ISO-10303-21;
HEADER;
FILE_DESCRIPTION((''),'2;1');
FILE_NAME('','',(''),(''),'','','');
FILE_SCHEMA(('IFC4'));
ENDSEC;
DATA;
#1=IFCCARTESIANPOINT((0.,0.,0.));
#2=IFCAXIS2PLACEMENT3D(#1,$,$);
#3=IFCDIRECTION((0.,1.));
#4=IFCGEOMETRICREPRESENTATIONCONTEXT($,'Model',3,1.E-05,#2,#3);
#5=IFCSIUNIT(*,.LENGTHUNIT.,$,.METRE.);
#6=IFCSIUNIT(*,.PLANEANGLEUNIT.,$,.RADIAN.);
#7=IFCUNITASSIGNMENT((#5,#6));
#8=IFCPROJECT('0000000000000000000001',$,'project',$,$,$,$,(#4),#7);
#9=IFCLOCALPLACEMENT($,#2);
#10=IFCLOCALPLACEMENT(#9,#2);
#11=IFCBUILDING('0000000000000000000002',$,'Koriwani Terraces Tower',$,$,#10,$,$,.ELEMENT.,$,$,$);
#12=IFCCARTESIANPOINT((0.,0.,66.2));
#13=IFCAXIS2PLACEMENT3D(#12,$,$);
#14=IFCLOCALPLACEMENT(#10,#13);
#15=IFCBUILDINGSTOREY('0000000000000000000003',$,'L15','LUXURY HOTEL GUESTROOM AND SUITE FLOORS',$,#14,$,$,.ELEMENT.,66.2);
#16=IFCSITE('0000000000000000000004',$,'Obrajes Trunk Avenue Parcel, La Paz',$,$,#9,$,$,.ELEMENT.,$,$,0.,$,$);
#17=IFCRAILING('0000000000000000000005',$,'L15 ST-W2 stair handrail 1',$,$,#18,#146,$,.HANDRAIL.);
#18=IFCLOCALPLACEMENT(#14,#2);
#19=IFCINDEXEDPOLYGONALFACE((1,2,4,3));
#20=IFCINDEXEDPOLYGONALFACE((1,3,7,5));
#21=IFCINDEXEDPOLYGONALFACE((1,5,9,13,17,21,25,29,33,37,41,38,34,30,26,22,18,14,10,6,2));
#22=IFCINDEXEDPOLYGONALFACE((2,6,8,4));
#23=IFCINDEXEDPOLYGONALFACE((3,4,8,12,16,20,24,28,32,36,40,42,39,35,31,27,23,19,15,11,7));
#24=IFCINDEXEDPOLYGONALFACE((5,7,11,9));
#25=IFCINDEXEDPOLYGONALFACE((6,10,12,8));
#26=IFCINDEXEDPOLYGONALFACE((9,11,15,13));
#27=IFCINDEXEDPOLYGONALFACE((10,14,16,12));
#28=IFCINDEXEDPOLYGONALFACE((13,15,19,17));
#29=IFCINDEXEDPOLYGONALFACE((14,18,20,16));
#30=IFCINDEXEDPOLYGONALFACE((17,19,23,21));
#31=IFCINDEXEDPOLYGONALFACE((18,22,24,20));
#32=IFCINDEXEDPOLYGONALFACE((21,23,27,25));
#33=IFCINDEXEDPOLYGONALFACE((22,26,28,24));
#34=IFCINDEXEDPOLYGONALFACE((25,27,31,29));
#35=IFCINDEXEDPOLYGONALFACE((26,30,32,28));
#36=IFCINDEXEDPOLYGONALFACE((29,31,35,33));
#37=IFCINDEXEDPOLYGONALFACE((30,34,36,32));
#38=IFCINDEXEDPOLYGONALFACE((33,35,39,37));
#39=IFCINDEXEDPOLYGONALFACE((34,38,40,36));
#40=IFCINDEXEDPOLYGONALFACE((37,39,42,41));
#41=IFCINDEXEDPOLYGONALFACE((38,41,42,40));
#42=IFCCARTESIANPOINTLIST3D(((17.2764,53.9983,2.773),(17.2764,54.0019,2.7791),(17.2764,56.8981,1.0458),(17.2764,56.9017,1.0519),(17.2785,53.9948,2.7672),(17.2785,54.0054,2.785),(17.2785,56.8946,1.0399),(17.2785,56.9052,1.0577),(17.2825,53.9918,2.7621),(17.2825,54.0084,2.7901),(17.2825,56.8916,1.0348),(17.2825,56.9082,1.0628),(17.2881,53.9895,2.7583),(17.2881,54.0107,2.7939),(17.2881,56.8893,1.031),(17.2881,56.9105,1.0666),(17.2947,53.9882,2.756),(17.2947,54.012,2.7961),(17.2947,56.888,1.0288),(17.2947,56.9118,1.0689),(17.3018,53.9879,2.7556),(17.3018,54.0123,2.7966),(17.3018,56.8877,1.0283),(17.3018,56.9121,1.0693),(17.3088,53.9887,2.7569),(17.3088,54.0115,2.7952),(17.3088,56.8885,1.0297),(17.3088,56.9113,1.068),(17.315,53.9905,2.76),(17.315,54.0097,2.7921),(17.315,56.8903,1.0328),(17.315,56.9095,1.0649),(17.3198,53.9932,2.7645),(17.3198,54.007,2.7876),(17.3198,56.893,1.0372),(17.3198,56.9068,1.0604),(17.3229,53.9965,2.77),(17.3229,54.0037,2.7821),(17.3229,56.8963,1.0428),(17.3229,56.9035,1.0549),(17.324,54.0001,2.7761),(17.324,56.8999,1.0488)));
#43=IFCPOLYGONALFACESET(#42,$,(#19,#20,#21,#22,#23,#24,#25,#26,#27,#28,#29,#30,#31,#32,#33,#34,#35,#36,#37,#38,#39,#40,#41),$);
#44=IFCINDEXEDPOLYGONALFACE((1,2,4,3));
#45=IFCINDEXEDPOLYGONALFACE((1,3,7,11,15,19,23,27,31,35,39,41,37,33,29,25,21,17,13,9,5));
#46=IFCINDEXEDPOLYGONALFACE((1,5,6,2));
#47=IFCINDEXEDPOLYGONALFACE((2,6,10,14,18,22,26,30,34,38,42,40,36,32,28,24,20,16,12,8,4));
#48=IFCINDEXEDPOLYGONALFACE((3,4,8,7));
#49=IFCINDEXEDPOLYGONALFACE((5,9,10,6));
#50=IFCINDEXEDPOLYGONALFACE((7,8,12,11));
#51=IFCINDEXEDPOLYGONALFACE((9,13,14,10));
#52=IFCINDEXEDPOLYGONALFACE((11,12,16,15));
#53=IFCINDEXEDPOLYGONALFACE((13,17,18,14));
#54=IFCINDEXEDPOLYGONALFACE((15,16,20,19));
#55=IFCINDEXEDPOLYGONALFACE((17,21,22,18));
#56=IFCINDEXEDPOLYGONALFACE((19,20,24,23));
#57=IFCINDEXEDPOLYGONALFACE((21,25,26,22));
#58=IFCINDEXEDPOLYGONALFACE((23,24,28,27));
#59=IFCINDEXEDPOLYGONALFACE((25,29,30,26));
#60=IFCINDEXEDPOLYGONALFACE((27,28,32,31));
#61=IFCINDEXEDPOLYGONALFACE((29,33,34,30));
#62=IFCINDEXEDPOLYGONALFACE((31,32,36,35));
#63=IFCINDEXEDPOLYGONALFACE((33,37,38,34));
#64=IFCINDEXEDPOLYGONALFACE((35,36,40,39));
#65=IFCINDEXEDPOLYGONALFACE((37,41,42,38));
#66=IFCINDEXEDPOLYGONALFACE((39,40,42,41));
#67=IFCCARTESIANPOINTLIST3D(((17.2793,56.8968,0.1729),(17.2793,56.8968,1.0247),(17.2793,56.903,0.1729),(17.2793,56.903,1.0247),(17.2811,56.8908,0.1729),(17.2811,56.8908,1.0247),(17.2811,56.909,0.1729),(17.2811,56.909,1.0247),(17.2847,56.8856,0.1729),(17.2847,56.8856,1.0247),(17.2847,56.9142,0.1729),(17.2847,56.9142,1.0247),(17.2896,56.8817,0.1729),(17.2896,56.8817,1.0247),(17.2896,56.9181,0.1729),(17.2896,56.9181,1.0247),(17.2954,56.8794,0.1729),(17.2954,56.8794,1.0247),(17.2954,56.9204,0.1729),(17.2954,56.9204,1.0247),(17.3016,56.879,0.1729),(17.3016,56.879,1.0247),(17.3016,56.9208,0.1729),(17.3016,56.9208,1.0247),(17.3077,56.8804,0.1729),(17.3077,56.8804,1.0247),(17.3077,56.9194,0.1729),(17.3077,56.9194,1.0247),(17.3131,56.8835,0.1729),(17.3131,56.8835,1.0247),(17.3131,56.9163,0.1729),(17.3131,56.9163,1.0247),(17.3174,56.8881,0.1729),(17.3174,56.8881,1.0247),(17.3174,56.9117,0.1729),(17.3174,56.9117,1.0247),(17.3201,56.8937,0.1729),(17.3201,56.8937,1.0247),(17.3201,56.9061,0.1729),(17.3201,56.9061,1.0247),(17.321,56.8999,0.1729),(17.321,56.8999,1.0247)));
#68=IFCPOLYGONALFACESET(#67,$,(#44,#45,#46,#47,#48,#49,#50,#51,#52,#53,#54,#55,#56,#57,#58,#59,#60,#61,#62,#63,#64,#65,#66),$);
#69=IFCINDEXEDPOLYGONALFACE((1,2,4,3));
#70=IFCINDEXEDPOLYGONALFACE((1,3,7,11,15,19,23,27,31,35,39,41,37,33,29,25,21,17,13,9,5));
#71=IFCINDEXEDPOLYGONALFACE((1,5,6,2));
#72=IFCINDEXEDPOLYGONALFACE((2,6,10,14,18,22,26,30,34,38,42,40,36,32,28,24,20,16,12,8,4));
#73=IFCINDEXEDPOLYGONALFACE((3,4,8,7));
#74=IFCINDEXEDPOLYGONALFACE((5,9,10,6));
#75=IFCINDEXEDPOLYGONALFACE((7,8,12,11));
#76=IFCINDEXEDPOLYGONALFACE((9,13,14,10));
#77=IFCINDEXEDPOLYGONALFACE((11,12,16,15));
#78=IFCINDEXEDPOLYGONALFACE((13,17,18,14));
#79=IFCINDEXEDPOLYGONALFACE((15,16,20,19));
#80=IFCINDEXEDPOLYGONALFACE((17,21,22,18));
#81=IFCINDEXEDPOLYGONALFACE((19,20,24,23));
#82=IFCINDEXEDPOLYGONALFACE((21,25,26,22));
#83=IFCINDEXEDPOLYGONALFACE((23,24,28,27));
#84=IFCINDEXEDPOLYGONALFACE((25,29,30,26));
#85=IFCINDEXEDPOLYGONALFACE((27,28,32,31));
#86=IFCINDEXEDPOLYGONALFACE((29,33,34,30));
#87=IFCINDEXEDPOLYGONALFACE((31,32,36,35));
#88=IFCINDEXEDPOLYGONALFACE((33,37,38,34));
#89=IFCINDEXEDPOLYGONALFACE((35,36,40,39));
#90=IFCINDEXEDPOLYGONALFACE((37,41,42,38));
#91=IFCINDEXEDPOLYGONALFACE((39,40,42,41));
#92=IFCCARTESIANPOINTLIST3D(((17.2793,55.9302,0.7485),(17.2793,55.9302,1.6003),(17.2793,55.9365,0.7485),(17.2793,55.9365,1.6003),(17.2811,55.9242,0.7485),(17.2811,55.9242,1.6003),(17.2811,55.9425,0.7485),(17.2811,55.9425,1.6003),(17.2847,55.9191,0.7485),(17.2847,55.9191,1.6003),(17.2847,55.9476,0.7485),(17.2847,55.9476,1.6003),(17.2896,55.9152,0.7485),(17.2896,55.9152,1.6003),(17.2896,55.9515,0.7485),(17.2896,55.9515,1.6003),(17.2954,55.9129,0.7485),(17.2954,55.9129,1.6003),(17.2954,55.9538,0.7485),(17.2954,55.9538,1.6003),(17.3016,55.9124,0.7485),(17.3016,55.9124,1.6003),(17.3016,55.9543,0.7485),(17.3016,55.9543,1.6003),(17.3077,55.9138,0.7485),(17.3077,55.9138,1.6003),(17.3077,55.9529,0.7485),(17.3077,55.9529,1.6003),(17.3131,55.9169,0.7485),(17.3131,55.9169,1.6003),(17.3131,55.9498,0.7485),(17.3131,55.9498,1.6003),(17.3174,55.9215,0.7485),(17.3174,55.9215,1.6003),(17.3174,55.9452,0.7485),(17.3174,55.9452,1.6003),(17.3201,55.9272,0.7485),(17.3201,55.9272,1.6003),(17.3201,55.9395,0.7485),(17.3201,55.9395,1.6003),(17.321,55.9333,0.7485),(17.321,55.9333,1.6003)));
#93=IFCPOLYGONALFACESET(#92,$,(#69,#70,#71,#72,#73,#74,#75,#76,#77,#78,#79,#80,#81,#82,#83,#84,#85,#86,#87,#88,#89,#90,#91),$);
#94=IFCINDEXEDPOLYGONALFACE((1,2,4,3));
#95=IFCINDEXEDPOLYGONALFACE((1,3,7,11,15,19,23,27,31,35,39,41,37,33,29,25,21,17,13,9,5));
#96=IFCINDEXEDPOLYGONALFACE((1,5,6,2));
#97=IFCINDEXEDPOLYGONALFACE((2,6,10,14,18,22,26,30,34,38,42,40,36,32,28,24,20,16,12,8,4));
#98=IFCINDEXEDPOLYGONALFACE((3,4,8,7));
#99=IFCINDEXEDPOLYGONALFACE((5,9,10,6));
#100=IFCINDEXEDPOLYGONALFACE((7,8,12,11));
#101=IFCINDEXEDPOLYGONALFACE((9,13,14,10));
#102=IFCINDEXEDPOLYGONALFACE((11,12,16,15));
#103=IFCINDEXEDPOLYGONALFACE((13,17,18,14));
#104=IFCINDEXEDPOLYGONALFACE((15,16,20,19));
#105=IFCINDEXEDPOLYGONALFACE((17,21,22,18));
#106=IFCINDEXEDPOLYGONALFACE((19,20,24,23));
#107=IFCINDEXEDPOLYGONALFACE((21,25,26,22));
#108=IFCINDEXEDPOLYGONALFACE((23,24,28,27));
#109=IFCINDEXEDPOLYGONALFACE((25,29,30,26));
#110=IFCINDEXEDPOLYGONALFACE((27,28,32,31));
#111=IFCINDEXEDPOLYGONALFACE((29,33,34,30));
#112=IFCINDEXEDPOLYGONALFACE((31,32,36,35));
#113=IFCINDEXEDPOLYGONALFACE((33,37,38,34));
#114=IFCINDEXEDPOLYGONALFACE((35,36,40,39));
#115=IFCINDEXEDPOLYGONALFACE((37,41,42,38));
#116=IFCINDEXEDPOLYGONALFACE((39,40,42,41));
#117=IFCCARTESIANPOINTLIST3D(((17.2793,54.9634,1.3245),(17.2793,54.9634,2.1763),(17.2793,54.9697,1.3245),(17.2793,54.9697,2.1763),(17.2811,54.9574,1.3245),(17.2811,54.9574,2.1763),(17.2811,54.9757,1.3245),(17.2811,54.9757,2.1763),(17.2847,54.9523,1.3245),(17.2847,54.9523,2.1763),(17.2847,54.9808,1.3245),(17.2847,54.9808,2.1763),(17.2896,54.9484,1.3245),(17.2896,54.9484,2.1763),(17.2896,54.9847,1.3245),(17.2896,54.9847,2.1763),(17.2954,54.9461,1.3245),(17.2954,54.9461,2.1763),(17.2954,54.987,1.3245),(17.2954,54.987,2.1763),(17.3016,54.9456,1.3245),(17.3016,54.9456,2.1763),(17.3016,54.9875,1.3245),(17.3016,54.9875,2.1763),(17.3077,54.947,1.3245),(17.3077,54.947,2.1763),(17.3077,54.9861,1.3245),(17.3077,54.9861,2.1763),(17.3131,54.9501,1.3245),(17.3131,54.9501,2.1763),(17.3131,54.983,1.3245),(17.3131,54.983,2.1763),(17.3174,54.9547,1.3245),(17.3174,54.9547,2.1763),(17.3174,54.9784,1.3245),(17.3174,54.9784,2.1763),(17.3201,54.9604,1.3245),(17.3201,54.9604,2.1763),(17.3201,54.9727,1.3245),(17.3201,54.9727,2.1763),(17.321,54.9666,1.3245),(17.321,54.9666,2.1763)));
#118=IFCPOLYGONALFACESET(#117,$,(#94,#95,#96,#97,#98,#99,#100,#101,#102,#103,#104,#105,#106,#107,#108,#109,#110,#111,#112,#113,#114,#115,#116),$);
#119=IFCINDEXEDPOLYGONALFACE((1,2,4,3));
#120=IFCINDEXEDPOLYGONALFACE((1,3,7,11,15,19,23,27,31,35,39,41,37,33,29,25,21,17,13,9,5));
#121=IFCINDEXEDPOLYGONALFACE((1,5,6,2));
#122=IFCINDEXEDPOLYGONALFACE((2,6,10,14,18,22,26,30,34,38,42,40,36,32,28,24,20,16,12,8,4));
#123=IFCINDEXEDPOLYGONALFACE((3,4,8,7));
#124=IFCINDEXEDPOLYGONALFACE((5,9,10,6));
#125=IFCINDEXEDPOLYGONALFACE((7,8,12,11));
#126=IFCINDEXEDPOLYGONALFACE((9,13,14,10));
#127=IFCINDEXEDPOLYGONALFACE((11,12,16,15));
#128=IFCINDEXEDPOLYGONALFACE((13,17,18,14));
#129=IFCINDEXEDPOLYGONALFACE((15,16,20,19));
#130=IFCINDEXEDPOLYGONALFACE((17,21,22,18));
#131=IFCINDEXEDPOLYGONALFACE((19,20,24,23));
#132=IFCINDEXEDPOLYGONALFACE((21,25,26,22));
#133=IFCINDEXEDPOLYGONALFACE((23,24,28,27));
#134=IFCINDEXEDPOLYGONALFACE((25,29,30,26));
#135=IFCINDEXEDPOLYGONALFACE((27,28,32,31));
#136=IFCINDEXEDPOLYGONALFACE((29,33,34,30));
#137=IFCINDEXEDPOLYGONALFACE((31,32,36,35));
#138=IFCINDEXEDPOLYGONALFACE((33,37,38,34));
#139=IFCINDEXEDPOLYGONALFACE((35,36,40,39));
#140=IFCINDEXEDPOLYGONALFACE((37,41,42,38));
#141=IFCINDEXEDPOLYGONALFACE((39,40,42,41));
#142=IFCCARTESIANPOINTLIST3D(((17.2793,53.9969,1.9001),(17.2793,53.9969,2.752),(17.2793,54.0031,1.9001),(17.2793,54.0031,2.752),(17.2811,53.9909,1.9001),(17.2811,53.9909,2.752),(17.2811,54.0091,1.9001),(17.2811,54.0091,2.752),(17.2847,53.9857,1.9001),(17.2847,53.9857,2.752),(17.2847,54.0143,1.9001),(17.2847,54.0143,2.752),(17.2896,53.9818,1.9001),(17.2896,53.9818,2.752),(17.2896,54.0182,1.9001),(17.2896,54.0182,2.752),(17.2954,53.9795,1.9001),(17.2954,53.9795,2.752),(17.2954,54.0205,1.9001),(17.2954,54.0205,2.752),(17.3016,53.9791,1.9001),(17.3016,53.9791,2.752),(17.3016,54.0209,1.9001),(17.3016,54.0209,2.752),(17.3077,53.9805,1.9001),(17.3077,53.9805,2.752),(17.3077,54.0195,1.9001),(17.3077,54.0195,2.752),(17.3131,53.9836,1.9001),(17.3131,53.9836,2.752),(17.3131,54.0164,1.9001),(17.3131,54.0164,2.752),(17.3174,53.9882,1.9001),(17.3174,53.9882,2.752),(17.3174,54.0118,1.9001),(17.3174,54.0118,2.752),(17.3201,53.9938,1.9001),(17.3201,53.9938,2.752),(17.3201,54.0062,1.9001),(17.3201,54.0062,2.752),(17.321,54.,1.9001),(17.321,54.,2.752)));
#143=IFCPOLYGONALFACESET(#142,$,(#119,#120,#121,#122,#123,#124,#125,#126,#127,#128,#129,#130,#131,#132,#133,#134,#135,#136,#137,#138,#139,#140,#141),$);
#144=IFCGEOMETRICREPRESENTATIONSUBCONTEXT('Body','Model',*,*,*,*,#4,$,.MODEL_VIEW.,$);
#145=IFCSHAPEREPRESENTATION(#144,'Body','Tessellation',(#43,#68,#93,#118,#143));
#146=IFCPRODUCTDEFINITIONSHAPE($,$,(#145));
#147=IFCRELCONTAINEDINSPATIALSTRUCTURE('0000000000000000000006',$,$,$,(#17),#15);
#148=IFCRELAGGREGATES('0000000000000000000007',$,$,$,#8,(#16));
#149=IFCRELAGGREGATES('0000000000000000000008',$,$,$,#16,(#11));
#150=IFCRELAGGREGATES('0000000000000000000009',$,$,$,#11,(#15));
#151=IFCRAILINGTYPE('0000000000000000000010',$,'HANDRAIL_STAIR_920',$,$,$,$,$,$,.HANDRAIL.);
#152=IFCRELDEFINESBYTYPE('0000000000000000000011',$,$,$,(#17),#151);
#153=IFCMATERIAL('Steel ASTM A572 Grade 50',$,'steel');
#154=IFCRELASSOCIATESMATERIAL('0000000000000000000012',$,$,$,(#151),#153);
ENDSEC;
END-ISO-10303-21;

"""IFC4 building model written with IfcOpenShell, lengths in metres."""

from ifc_helpers import new_model, si_unit, direction, frame, origin, origin_2d, place, context, subcontext, project, spatial, circle, extrude, material, type_object, element, save


model = new_model("IFC4")

# Units and contexts
model_context = context("Model", 3, precision=1e-05, world=origin(), true_north=direction((0.0, 1.0)))
body_context = subcontext(model_context, "Body", "Model", "MODEL_VIEW")
ifc_project = project(units=[si_unit("LENGTHUNIT", "METRE"), si_unit("PLANEANGLEUNIT", "RADIAN")], contexts=[model_context])

# Site, building, storey
site_placement = place(None, origin())
site = spatial("IfcSite", under=ifc_project, at=site_placement, Name="Obrajes Trunk Avenue Parcel, La Paz", CompositionType="ELEMENT", RefElevation=0.0)
building_placement = place(site_placement, origin())
building = spatial("IfcBuilding", under=site, at=building_placement, Name="Koriwani Terraces Tower", CompositionType="ELEMENT")
storey_placement = place(building_placement, frame((0.0, 0.0, 66.2)))
storey = spatial("IfcBuildingStorey", under=building, at=storey_placement, Name="L15", Description="LUXURY HOTEL GUESTROOM AND SUITE FLOORS", CompositionType="ELEMENT", Elevation=66.2)

# Shared definitions
ifc_material_1 = material(Name="Steel ASTM A572 Grade 50", Category="steel")

# Railing
railing_type_1 = type_object("IfcRailingType", Name="HANDRAIL_STAIR_920", PredefinedType="HANDRAIL", material=ifc_material_1)
for number, where, name in (
    (1, (17.3, 56.8999, 0.1729), "L15 ST-W2 stair handrail 1"),
):
    element("IfcRailing", number, at=place(storey_placement, frame(where)), inside=storey, type_object=railing_type_1, Name=name, PredefinedType="HANDRAIL", context=body_context, shape_type="SweptSolid", body=[
        extrude(circle(Radius=0.0239, at=origin_2d()), frame((0.0, 0.0, 0.876), z_axis=(0.0, -0.859141, 0.511738), x_axis=(1.0, 0.0, 0.0)), (0.0, 0.0, 1.0), 3.3752),
        extrude(circle(Radius=0.021, at=origin_2d()), origin(), (0.0, 0.0, 1.0), 0.8518),
        extrude(circle(Radius=0.021, at=origin_2d()), frame((0.0, -0.9666, 0.5757)), (0.0, 0.0, 1.0), 0.8518),
        extrude(circle(Radius=0.021, at=origin_2d()), frame((0.0, -1.9333, 1.1516)), (0.0, 0.0, 1.0), 0.8518),
        extrude(circle(Radius=0.021, at=origin_2d()), frame((0.0, -2.8999, 1.7273)), (0.0, 0.0, 1.0), 0.8518),
    ])

save(model, "model.ifc")
